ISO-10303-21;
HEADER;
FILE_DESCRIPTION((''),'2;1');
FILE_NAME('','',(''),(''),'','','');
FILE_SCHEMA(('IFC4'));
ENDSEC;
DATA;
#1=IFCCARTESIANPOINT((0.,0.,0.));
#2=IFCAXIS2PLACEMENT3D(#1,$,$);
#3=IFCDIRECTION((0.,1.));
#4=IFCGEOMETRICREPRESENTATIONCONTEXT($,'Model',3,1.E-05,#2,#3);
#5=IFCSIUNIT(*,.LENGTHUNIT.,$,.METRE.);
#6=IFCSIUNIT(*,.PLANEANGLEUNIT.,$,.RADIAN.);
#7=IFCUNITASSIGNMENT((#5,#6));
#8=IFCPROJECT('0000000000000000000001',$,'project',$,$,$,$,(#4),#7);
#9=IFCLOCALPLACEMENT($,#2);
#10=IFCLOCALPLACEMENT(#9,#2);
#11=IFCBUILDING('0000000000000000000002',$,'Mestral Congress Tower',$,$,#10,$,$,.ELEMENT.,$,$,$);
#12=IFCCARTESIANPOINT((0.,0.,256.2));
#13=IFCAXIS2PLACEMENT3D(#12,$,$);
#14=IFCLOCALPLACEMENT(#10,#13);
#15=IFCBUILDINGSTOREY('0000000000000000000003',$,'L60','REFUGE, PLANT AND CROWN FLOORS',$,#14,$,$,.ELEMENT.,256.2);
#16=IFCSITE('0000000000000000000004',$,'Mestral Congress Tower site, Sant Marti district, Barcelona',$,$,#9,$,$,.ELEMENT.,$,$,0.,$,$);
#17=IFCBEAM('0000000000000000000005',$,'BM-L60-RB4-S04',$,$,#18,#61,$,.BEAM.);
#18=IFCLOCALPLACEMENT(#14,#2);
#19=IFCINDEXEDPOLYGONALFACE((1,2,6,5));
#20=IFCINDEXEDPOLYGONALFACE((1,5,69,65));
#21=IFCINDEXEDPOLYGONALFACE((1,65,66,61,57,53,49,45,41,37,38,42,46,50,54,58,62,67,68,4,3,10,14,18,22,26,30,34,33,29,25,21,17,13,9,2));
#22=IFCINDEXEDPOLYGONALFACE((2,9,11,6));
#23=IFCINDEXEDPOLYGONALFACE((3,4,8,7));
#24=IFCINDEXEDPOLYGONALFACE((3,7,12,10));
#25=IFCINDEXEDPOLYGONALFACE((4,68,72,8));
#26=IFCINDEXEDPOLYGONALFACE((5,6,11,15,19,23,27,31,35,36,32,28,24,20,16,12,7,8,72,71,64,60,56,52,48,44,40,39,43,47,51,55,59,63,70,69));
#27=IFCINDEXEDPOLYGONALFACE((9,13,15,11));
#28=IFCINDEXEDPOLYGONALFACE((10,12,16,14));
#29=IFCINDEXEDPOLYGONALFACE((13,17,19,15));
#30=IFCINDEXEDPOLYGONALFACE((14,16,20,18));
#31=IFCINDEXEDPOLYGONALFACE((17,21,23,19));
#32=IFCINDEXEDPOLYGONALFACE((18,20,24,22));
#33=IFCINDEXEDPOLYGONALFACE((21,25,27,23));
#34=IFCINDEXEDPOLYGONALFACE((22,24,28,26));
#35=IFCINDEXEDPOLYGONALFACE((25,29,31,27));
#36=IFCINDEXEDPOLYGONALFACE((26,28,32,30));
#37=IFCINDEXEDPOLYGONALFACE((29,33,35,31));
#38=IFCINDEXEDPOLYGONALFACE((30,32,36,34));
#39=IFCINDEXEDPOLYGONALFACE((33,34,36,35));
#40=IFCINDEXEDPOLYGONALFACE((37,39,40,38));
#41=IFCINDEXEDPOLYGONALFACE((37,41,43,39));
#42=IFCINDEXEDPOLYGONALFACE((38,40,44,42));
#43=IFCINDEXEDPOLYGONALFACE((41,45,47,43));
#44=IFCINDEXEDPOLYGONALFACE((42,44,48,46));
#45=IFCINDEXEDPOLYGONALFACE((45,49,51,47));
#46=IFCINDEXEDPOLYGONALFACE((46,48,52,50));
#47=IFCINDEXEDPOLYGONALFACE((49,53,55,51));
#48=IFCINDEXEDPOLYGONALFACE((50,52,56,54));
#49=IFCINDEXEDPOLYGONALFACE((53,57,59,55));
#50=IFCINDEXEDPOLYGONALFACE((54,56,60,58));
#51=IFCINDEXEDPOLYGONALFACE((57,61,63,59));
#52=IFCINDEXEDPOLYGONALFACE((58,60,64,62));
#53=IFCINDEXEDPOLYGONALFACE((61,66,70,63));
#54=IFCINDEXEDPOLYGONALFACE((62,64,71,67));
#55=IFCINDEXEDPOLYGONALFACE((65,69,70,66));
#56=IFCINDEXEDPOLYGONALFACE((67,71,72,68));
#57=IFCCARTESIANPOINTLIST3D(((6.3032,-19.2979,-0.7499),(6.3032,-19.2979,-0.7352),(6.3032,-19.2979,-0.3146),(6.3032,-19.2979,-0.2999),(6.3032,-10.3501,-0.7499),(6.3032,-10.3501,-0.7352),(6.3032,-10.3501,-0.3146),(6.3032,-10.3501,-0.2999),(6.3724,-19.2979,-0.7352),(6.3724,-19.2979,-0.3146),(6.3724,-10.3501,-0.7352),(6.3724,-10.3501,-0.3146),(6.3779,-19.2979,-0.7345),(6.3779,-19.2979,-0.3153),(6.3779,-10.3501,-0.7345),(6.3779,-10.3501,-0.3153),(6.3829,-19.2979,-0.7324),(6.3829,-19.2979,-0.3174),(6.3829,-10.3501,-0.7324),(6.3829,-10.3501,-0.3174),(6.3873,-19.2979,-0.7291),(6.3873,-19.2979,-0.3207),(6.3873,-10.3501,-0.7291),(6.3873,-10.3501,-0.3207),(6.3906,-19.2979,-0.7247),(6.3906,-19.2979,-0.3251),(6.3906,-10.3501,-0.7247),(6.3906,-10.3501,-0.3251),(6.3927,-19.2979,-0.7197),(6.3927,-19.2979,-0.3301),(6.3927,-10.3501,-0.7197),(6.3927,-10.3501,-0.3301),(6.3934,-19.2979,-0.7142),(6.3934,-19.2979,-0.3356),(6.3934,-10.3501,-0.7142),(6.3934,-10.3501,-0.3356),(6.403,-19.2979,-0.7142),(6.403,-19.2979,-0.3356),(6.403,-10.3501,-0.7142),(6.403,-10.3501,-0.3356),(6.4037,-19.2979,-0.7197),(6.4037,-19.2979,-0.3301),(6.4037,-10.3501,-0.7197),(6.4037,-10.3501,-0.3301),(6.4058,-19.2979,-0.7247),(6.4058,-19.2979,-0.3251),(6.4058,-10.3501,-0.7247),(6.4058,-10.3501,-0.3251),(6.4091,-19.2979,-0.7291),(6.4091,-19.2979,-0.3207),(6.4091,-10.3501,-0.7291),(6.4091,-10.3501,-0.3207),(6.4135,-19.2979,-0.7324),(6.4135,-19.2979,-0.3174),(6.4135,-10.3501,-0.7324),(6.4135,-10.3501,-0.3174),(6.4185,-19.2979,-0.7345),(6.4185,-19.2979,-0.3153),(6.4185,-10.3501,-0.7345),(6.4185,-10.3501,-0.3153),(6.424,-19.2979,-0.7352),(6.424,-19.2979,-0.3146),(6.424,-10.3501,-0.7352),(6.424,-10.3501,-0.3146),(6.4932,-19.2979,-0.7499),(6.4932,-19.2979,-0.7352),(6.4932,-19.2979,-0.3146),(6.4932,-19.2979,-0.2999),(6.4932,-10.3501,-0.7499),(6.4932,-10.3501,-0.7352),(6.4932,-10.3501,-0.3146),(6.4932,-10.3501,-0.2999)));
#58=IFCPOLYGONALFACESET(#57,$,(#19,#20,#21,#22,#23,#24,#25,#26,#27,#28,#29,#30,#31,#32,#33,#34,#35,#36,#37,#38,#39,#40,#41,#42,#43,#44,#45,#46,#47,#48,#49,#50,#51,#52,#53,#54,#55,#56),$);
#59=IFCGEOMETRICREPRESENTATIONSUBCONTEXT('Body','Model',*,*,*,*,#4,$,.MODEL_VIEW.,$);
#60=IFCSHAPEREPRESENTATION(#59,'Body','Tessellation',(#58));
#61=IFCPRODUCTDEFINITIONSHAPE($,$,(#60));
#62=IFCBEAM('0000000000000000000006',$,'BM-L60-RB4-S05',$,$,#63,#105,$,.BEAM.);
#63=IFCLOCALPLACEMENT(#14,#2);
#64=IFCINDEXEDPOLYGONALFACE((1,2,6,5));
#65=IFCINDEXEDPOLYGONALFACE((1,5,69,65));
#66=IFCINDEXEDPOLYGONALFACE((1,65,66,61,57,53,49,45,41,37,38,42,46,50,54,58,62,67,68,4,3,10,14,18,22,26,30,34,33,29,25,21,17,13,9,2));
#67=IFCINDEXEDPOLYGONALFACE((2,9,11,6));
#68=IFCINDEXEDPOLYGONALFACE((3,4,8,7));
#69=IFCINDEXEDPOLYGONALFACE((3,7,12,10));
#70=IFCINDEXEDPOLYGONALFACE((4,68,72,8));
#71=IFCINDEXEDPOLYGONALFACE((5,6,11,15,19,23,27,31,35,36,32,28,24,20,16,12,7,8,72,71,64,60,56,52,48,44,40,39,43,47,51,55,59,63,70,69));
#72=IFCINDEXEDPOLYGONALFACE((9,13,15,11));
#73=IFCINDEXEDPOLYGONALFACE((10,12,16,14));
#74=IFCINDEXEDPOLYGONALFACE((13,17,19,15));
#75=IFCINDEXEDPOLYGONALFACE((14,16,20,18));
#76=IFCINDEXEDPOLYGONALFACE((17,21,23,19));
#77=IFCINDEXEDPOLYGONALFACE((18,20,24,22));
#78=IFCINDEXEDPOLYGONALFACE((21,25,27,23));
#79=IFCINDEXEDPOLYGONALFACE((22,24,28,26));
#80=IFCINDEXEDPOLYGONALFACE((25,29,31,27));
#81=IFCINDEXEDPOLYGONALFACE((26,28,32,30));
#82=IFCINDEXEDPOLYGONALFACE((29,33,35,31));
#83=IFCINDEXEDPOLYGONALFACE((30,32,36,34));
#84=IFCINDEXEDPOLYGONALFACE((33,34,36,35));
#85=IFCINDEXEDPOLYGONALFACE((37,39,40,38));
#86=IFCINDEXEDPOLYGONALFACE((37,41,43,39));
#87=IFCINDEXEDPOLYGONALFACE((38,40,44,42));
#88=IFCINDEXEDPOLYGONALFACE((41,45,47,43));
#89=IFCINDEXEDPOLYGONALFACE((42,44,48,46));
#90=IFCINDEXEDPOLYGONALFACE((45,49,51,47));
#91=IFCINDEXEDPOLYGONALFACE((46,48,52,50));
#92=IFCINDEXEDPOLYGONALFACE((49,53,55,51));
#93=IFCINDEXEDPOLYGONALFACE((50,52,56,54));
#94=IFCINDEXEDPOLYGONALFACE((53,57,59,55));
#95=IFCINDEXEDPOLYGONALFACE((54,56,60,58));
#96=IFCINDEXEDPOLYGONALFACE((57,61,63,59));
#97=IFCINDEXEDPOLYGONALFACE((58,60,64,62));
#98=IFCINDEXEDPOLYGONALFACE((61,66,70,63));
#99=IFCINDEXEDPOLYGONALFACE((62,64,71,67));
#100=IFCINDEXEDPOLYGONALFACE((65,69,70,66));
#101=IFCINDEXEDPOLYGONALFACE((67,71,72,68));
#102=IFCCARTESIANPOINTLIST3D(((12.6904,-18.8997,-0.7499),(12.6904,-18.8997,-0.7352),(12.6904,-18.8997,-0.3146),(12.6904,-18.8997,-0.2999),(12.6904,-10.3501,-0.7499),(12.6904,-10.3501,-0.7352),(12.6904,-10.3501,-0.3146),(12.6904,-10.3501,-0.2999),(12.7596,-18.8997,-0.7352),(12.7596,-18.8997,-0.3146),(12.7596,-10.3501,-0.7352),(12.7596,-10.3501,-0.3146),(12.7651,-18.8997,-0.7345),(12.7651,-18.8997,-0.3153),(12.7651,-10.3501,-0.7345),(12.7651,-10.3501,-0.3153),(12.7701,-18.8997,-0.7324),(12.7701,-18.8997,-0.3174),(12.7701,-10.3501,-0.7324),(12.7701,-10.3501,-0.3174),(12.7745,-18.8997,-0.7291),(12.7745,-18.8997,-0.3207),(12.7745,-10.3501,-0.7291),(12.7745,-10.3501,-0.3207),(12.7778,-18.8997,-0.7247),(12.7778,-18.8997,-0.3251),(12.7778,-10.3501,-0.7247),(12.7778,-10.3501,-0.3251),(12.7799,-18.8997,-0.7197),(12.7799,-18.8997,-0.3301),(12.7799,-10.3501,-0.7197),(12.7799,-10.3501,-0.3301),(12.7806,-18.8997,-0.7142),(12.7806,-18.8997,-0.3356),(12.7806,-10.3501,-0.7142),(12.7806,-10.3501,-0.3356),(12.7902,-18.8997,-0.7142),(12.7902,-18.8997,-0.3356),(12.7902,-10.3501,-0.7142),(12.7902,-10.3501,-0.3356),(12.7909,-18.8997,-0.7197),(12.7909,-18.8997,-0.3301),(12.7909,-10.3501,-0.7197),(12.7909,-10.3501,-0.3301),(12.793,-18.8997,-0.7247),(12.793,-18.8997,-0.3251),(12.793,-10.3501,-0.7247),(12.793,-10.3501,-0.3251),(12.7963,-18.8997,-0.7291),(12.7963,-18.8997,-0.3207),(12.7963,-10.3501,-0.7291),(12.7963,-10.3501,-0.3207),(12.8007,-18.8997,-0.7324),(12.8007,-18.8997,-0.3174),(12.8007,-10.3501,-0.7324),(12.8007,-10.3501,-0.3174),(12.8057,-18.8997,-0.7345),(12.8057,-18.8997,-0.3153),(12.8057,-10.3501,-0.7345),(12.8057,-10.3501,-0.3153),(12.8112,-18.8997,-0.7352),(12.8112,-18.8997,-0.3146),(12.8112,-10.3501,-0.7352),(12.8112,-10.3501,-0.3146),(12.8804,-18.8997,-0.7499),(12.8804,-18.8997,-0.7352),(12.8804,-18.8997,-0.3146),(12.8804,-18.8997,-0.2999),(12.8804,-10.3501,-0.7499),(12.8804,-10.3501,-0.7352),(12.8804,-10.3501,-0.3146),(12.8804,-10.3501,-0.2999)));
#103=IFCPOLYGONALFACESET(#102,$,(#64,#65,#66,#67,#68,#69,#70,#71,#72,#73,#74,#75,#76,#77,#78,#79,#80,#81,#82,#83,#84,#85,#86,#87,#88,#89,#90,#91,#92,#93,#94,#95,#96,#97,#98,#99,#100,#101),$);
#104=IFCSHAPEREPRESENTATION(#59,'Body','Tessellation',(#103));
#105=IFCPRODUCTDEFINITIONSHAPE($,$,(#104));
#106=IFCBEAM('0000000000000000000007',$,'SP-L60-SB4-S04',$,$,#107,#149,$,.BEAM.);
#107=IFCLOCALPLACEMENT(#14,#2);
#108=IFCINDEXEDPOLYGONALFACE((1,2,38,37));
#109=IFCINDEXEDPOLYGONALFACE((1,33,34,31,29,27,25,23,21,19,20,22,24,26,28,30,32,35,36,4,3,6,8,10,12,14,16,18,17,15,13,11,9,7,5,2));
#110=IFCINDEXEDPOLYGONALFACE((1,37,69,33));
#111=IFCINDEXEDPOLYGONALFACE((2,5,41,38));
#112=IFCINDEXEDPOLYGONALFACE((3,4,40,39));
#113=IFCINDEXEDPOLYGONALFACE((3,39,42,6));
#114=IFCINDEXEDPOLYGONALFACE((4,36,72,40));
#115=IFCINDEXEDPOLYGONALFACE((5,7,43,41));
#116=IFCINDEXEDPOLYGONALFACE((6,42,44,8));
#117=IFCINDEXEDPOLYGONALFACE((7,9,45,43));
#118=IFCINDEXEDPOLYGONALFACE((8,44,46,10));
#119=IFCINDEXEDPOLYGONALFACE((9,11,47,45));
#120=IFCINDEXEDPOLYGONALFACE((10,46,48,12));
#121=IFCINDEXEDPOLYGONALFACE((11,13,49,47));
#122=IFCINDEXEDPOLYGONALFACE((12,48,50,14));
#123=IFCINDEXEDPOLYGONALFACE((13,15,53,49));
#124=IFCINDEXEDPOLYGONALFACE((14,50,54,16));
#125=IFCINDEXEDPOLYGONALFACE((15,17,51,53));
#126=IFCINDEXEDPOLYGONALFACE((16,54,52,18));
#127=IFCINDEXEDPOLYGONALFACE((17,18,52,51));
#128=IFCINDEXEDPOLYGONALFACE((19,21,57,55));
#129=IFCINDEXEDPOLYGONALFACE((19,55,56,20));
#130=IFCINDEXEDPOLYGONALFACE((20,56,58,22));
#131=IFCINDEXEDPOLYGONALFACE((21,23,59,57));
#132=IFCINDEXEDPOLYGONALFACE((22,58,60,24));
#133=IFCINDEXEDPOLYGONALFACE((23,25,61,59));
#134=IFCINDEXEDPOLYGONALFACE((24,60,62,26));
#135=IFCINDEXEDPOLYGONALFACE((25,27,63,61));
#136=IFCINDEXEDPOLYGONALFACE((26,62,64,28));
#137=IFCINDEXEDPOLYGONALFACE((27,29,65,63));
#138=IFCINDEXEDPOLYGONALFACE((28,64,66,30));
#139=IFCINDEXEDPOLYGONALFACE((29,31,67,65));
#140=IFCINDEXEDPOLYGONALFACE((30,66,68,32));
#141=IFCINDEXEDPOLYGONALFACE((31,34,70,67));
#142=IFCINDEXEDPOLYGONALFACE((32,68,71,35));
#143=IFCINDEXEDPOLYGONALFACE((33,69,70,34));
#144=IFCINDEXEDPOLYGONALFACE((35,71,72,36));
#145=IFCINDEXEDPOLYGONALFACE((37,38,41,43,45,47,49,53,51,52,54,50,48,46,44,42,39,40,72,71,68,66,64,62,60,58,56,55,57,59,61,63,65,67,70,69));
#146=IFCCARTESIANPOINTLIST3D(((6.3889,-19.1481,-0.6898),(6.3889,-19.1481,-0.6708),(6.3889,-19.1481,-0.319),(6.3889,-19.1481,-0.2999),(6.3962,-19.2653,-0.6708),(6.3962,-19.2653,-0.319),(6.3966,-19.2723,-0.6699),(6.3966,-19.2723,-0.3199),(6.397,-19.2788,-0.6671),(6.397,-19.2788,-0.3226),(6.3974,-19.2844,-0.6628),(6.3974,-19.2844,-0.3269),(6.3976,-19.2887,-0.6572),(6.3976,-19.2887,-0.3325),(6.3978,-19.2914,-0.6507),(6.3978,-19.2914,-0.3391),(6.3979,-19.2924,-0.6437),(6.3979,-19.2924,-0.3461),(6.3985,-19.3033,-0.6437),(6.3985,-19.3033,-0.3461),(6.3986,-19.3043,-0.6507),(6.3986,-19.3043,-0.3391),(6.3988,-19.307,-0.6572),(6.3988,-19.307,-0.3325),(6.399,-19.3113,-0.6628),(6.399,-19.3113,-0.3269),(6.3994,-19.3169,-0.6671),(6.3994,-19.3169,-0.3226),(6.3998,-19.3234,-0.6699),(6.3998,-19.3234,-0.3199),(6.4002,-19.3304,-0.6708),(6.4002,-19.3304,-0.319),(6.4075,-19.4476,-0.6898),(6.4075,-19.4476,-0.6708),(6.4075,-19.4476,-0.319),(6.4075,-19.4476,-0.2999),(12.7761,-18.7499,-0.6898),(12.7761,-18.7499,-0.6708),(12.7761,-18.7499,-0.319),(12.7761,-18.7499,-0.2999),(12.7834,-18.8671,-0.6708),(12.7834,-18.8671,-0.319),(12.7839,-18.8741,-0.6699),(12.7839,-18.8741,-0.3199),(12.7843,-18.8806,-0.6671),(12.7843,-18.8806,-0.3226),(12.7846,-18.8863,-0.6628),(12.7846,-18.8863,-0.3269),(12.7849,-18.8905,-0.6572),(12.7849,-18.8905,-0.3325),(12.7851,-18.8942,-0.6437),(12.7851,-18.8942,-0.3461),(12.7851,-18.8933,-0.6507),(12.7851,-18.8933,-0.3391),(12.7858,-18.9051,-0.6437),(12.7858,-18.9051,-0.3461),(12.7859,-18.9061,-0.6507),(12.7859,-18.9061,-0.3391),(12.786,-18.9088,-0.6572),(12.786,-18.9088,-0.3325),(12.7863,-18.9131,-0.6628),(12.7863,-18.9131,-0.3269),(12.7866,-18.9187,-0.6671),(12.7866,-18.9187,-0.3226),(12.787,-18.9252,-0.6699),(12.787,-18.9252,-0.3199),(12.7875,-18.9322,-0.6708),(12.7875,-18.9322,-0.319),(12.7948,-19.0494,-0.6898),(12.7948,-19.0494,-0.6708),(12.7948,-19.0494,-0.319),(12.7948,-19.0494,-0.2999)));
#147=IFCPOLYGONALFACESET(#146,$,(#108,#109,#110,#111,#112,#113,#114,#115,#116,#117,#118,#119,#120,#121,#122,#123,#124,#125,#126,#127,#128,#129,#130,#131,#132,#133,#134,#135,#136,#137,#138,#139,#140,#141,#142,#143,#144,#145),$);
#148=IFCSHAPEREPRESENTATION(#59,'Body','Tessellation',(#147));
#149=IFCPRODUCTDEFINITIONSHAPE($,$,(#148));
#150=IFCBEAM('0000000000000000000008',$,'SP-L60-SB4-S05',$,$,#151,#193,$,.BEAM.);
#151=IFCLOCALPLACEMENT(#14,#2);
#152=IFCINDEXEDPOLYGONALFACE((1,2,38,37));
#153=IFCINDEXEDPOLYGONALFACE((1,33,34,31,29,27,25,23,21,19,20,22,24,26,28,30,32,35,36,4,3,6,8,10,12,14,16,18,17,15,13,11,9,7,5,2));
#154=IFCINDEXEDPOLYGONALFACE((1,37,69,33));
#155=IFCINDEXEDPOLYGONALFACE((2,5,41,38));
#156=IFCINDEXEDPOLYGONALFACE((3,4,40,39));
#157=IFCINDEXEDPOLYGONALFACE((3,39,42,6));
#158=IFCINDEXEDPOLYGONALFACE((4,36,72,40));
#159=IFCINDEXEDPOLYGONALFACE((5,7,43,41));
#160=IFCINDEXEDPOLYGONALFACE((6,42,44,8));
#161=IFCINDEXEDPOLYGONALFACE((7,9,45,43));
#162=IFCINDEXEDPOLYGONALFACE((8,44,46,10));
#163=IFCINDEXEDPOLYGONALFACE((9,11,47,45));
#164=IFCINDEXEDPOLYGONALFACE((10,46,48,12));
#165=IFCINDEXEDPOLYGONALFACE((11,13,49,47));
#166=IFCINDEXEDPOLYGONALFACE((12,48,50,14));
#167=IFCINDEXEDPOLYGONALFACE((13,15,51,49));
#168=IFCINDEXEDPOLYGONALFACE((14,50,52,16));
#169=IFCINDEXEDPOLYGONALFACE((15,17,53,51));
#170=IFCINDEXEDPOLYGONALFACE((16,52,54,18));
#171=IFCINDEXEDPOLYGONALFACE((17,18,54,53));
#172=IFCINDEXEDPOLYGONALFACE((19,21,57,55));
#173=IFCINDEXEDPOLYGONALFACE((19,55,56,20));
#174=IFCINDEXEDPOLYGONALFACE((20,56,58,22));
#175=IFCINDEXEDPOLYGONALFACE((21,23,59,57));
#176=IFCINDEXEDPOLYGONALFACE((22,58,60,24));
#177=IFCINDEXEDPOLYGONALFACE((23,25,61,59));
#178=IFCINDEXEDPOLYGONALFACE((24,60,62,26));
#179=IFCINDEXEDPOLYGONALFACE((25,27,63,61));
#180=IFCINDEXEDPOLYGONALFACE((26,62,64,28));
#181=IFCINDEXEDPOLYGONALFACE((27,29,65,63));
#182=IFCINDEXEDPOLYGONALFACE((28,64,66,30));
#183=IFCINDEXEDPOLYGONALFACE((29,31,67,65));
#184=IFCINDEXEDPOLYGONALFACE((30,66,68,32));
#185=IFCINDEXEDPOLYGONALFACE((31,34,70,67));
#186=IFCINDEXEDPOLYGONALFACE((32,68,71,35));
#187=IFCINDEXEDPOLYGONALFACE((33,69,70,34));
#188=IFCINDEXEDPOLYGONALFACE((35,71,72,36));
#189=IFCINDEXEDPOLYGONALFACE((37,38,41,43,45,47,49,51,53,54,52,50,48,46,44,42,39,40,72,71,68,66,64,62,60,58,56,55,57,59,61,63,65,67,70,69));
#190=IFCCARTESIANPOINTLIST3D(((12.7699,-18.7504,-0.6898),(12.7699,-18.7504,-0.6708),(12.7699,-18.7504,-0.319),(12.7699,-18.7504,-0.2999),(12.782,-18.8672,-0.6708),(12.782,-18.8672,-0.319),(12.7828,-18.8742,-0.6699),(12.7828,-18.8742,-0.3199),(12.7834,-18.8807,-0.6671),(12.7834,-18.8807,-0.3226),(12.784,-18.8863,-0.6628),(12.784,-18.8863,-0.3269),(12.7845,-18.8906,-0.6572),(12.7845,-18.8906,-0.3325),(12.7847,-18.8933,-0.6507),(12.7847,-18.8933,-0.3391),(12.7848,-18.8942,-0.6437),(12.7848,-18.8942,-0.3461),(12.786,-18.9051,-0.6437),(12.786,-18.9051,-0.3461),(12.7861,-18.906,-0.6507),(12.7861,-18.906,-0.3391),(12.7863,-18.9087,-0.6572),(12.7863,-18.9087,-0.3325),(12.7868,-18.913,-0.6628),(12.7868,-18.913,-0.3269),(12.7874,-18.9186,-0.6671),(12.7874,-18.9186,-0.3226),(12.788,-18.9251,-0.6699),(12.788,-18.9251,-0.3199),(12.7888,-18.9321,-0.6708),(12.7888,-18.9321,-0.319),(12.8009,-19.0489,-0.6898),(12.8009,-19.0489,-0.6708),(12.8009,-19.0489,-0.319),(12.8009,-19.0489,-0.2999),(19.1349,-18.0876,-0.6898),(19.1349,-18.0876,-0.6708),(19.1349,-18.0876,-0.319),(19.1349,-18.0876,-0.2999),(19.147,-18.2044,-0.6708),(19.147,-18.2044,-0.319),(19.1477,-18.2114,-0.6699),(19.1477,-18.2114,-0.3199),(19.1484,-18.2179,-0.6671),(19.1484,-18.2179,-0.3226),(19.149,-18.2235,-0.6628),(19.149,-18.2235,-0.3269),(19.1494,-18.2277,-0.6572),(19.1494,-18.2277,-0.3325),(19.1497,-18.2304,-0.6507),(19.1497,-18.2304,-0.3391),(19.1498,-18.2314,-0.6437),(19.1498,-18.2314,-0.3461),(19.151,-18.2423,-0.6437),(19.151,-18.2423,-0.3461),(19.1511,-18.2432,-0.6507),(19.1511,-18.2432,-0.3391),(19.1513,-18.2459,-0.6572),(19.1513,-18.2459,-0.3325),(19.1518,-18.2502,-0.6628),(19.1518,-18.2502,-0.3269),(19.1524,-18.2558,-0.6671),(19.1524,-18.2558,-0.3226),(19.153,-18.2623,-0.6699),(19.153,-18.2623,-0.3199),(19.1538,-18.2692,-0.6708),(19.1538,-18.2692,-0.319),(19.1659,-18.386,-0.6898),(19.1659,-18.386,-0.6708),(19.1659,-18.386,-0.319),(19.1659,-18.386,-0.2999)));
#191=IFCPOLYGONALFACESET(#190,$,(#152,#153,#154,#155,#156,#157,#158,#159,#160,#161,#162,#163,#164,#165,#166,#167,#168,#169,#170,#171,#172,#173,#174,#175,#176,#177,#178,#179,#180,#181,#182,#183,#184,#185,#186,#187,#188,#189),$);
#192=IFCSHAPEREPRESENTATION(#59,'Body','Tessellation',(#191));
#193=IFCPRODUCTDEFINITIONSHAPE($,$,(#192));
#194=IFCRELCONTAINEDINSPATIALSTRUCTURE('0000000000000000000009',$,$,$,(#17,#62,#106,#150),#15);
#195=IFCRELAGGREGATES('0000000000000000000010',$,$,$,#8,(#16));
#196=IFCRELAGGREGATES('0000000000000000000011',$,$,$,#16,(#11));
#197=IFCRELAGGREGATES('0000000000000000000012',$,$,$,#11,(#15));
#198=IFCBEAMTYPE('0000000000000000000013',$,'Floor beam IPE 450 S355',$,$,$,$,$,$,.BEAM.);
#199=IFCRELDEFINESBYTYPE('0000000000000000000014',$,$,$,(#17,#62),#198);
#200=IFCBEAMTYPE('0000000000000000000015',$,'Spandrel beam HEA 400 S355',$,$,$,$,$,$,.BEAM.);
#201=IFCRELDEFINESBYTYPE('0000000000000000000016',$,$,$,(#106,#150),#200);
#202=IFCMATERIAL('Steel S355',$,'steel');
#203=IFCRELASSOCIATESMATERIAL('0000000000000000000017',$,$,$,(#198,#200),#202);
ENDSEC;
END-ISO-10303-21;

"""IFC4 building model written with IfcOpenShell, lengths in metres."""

from ifc_helpers import new_model, si_unit, direction, frame, origin, origin_2d, place, context, subcontext, project, spatial, i_section, extrude, material, material_profile, profile_set, type_object, element, save


model = new_model("IFC4")

# Units and contexts
model_context = context("Model", 3, precision=1e-05, world=origin(), true_north=direction((0.0, 1.0)))
body_context = subcontext(model_context, "Body", "Model", "MODEL_VIEW")
ifc_project = project(units=[si_unit("LENGTHUNIT", "METRE"), si_unit("PLANEANGLEUNIT", "RADIAN")], contexts=[model_context])

# Site, building, storey
site_placement = place(None, origin())
site = spatial("IfcSite", under=ifc_project, at=site_placement, Name="Mestral Congress Tower site, Sant Marti district, Barcelona", CompositionType="ELEMENT", RefElevation=0.0)
building_placement = place(site_placement, origin())
building = spatial("IfcBuilding", under=site, at=building_placement, Name="Mestral Congress Tower", CompositionType="ELEMENT")
storey_placement = place(building_placement, frame((0.0, 0.0, 256.2)))
storey = spatial("IfcBuildingStorey", under=building, at=storey_placement, Name="L60", Description="REFUGE, PLANT AND CROWN FLOORS", CompositionType="ELEMENT", Elevation=256.2)

# Shared definitions
ifc_material_1 = material(Name="Steel S355", Category="steel")

# Beams
ifc_material_profile_1 = material_profile(ifc_material_1, i_section(OverallWidth=0.1899, OverallDepth=0.45, WebThickness=0.0095, FlangeThickness=0.0146, FilletRadius=0.021, at=origin_2d()), Name="IPE 450")
ifc_profile_set_1 = profile_set([ifc_material_profile_1], Name="Steel S355")
beam_type_1 = type_object("IfcBeamType", Name="Floor beam IPE 450 S355", PredefinedType="BEAM", material=ifc_profile_set_1)
beam_1_placement = place(storey_placement, frame((6.3982, -19.2979, -0.5249), z_axis=(0.0, 1.0, 0.0), x_axis=(-1.0, 0.0, 0.0)))
element("IfcBeam", 1, at=beam_1_placement, inside=storey, type_object=beam_type_1, Name="BM-L60-RB4-S04", PredefinedType="BEAM", context=body_context, shape_type="SweptSolid", body=[
    extrude(i_section(OverallWidth=0.1899, OverallDepth=0.45, WebThickness=0.0095, FlangeThickness=0.0146, FilletRadius=0.021, at=origin_2d()), origin(), (0.0, 0.0, 1.0), 8.9478),
])
beam_2_placement = place(storey_placement, frame((12.7854, -18.8997, -0.5249), z_axis=(0.0, 1.0, 0.0), x_axis=(-1.0, 0.0, 0.0)))
element("IfcBeam", 2, at=beam_2_placement, inside=storey, type_object=beam_type_1, Name="BM-L60-RB4-S05", PredefinedType="BEAM", context=body_context, shape_type="SweptSolid", body=[
    extrude(i_section(OverallWidth=0.1899, OverallDepth=0.45, WebThickness=0.0095, FlangeThickness=0.0146, FilletRadius=0.021, at=origin_2d()), origin(), (0.0, 0.0, 1.0), 8.5496),
])
ifc_material_profile_2 = material_profile(ifc_material_1, i_section(OverallWidth=0.3, OverallDepth=0.3899, WebThickness=0.011, FlangeThickness=0.019, FilletRadius=0.0271, at=origin_2d()), Name="HEA 400")
ifc_profile_set_2 = profile_set([ifc_material_profile_2], Name="Steel S355")
beam_type_2 = type_object("IfcBeamType", Name="Spandrel beam HEA 400 S355", PredefinedType="BEAM", material=ifc_profile_set_2)
beam_3_placement = place(storey_placement, frame((6.3982, -19.2979, -0.4949), z_axis=(0.998062, 0.062222, 0.0), x_axis=(-0.062222, 0.998062, 0.0)))
element("IfcBeam", 3, at=beam_3_placement, inside=storey, type_object=beam_type_2, Name="SP-L60-SB4-S04", PredefinedType="BEAM", context=body_context, shape_type="SweptSolid", body=[
    extrude(i_section(OverallWidth=0.3, OverallDepth=0.3899, WebThickness=0.011, FlangeThickness=0.019, FilletRadius=0.0271, at=origin_2d()), origin(), (0.0, 0.0, 1.0), 6.3997),
])
beam_4_placement = place(storey_placement, frame((12.7854, -18.8997, -0.4949), z_axis=(0.994621, 0.103579, 0.0), x_axis=(-0.103579, 0.994621, 0.0)))
element("IfcBeam", 4, at=beam_4_placement, inside=storey, type_object=beam_type_2, Name="SP-L60-SB4-S05", PredefinedType="BEAM", context=body_context, shape_type="SweptSolid", body=[
    extrude(i_section(OverallWidth=0.3, OverallDepth=0.3899, WebThickness=0.011, FlangeThickness=0.019, FilletRadius=0.0271, at=origin_2d()), origin(), (0.0, 0.0, 1.0), 6.3994),
])

save(model, "model.ifc")
